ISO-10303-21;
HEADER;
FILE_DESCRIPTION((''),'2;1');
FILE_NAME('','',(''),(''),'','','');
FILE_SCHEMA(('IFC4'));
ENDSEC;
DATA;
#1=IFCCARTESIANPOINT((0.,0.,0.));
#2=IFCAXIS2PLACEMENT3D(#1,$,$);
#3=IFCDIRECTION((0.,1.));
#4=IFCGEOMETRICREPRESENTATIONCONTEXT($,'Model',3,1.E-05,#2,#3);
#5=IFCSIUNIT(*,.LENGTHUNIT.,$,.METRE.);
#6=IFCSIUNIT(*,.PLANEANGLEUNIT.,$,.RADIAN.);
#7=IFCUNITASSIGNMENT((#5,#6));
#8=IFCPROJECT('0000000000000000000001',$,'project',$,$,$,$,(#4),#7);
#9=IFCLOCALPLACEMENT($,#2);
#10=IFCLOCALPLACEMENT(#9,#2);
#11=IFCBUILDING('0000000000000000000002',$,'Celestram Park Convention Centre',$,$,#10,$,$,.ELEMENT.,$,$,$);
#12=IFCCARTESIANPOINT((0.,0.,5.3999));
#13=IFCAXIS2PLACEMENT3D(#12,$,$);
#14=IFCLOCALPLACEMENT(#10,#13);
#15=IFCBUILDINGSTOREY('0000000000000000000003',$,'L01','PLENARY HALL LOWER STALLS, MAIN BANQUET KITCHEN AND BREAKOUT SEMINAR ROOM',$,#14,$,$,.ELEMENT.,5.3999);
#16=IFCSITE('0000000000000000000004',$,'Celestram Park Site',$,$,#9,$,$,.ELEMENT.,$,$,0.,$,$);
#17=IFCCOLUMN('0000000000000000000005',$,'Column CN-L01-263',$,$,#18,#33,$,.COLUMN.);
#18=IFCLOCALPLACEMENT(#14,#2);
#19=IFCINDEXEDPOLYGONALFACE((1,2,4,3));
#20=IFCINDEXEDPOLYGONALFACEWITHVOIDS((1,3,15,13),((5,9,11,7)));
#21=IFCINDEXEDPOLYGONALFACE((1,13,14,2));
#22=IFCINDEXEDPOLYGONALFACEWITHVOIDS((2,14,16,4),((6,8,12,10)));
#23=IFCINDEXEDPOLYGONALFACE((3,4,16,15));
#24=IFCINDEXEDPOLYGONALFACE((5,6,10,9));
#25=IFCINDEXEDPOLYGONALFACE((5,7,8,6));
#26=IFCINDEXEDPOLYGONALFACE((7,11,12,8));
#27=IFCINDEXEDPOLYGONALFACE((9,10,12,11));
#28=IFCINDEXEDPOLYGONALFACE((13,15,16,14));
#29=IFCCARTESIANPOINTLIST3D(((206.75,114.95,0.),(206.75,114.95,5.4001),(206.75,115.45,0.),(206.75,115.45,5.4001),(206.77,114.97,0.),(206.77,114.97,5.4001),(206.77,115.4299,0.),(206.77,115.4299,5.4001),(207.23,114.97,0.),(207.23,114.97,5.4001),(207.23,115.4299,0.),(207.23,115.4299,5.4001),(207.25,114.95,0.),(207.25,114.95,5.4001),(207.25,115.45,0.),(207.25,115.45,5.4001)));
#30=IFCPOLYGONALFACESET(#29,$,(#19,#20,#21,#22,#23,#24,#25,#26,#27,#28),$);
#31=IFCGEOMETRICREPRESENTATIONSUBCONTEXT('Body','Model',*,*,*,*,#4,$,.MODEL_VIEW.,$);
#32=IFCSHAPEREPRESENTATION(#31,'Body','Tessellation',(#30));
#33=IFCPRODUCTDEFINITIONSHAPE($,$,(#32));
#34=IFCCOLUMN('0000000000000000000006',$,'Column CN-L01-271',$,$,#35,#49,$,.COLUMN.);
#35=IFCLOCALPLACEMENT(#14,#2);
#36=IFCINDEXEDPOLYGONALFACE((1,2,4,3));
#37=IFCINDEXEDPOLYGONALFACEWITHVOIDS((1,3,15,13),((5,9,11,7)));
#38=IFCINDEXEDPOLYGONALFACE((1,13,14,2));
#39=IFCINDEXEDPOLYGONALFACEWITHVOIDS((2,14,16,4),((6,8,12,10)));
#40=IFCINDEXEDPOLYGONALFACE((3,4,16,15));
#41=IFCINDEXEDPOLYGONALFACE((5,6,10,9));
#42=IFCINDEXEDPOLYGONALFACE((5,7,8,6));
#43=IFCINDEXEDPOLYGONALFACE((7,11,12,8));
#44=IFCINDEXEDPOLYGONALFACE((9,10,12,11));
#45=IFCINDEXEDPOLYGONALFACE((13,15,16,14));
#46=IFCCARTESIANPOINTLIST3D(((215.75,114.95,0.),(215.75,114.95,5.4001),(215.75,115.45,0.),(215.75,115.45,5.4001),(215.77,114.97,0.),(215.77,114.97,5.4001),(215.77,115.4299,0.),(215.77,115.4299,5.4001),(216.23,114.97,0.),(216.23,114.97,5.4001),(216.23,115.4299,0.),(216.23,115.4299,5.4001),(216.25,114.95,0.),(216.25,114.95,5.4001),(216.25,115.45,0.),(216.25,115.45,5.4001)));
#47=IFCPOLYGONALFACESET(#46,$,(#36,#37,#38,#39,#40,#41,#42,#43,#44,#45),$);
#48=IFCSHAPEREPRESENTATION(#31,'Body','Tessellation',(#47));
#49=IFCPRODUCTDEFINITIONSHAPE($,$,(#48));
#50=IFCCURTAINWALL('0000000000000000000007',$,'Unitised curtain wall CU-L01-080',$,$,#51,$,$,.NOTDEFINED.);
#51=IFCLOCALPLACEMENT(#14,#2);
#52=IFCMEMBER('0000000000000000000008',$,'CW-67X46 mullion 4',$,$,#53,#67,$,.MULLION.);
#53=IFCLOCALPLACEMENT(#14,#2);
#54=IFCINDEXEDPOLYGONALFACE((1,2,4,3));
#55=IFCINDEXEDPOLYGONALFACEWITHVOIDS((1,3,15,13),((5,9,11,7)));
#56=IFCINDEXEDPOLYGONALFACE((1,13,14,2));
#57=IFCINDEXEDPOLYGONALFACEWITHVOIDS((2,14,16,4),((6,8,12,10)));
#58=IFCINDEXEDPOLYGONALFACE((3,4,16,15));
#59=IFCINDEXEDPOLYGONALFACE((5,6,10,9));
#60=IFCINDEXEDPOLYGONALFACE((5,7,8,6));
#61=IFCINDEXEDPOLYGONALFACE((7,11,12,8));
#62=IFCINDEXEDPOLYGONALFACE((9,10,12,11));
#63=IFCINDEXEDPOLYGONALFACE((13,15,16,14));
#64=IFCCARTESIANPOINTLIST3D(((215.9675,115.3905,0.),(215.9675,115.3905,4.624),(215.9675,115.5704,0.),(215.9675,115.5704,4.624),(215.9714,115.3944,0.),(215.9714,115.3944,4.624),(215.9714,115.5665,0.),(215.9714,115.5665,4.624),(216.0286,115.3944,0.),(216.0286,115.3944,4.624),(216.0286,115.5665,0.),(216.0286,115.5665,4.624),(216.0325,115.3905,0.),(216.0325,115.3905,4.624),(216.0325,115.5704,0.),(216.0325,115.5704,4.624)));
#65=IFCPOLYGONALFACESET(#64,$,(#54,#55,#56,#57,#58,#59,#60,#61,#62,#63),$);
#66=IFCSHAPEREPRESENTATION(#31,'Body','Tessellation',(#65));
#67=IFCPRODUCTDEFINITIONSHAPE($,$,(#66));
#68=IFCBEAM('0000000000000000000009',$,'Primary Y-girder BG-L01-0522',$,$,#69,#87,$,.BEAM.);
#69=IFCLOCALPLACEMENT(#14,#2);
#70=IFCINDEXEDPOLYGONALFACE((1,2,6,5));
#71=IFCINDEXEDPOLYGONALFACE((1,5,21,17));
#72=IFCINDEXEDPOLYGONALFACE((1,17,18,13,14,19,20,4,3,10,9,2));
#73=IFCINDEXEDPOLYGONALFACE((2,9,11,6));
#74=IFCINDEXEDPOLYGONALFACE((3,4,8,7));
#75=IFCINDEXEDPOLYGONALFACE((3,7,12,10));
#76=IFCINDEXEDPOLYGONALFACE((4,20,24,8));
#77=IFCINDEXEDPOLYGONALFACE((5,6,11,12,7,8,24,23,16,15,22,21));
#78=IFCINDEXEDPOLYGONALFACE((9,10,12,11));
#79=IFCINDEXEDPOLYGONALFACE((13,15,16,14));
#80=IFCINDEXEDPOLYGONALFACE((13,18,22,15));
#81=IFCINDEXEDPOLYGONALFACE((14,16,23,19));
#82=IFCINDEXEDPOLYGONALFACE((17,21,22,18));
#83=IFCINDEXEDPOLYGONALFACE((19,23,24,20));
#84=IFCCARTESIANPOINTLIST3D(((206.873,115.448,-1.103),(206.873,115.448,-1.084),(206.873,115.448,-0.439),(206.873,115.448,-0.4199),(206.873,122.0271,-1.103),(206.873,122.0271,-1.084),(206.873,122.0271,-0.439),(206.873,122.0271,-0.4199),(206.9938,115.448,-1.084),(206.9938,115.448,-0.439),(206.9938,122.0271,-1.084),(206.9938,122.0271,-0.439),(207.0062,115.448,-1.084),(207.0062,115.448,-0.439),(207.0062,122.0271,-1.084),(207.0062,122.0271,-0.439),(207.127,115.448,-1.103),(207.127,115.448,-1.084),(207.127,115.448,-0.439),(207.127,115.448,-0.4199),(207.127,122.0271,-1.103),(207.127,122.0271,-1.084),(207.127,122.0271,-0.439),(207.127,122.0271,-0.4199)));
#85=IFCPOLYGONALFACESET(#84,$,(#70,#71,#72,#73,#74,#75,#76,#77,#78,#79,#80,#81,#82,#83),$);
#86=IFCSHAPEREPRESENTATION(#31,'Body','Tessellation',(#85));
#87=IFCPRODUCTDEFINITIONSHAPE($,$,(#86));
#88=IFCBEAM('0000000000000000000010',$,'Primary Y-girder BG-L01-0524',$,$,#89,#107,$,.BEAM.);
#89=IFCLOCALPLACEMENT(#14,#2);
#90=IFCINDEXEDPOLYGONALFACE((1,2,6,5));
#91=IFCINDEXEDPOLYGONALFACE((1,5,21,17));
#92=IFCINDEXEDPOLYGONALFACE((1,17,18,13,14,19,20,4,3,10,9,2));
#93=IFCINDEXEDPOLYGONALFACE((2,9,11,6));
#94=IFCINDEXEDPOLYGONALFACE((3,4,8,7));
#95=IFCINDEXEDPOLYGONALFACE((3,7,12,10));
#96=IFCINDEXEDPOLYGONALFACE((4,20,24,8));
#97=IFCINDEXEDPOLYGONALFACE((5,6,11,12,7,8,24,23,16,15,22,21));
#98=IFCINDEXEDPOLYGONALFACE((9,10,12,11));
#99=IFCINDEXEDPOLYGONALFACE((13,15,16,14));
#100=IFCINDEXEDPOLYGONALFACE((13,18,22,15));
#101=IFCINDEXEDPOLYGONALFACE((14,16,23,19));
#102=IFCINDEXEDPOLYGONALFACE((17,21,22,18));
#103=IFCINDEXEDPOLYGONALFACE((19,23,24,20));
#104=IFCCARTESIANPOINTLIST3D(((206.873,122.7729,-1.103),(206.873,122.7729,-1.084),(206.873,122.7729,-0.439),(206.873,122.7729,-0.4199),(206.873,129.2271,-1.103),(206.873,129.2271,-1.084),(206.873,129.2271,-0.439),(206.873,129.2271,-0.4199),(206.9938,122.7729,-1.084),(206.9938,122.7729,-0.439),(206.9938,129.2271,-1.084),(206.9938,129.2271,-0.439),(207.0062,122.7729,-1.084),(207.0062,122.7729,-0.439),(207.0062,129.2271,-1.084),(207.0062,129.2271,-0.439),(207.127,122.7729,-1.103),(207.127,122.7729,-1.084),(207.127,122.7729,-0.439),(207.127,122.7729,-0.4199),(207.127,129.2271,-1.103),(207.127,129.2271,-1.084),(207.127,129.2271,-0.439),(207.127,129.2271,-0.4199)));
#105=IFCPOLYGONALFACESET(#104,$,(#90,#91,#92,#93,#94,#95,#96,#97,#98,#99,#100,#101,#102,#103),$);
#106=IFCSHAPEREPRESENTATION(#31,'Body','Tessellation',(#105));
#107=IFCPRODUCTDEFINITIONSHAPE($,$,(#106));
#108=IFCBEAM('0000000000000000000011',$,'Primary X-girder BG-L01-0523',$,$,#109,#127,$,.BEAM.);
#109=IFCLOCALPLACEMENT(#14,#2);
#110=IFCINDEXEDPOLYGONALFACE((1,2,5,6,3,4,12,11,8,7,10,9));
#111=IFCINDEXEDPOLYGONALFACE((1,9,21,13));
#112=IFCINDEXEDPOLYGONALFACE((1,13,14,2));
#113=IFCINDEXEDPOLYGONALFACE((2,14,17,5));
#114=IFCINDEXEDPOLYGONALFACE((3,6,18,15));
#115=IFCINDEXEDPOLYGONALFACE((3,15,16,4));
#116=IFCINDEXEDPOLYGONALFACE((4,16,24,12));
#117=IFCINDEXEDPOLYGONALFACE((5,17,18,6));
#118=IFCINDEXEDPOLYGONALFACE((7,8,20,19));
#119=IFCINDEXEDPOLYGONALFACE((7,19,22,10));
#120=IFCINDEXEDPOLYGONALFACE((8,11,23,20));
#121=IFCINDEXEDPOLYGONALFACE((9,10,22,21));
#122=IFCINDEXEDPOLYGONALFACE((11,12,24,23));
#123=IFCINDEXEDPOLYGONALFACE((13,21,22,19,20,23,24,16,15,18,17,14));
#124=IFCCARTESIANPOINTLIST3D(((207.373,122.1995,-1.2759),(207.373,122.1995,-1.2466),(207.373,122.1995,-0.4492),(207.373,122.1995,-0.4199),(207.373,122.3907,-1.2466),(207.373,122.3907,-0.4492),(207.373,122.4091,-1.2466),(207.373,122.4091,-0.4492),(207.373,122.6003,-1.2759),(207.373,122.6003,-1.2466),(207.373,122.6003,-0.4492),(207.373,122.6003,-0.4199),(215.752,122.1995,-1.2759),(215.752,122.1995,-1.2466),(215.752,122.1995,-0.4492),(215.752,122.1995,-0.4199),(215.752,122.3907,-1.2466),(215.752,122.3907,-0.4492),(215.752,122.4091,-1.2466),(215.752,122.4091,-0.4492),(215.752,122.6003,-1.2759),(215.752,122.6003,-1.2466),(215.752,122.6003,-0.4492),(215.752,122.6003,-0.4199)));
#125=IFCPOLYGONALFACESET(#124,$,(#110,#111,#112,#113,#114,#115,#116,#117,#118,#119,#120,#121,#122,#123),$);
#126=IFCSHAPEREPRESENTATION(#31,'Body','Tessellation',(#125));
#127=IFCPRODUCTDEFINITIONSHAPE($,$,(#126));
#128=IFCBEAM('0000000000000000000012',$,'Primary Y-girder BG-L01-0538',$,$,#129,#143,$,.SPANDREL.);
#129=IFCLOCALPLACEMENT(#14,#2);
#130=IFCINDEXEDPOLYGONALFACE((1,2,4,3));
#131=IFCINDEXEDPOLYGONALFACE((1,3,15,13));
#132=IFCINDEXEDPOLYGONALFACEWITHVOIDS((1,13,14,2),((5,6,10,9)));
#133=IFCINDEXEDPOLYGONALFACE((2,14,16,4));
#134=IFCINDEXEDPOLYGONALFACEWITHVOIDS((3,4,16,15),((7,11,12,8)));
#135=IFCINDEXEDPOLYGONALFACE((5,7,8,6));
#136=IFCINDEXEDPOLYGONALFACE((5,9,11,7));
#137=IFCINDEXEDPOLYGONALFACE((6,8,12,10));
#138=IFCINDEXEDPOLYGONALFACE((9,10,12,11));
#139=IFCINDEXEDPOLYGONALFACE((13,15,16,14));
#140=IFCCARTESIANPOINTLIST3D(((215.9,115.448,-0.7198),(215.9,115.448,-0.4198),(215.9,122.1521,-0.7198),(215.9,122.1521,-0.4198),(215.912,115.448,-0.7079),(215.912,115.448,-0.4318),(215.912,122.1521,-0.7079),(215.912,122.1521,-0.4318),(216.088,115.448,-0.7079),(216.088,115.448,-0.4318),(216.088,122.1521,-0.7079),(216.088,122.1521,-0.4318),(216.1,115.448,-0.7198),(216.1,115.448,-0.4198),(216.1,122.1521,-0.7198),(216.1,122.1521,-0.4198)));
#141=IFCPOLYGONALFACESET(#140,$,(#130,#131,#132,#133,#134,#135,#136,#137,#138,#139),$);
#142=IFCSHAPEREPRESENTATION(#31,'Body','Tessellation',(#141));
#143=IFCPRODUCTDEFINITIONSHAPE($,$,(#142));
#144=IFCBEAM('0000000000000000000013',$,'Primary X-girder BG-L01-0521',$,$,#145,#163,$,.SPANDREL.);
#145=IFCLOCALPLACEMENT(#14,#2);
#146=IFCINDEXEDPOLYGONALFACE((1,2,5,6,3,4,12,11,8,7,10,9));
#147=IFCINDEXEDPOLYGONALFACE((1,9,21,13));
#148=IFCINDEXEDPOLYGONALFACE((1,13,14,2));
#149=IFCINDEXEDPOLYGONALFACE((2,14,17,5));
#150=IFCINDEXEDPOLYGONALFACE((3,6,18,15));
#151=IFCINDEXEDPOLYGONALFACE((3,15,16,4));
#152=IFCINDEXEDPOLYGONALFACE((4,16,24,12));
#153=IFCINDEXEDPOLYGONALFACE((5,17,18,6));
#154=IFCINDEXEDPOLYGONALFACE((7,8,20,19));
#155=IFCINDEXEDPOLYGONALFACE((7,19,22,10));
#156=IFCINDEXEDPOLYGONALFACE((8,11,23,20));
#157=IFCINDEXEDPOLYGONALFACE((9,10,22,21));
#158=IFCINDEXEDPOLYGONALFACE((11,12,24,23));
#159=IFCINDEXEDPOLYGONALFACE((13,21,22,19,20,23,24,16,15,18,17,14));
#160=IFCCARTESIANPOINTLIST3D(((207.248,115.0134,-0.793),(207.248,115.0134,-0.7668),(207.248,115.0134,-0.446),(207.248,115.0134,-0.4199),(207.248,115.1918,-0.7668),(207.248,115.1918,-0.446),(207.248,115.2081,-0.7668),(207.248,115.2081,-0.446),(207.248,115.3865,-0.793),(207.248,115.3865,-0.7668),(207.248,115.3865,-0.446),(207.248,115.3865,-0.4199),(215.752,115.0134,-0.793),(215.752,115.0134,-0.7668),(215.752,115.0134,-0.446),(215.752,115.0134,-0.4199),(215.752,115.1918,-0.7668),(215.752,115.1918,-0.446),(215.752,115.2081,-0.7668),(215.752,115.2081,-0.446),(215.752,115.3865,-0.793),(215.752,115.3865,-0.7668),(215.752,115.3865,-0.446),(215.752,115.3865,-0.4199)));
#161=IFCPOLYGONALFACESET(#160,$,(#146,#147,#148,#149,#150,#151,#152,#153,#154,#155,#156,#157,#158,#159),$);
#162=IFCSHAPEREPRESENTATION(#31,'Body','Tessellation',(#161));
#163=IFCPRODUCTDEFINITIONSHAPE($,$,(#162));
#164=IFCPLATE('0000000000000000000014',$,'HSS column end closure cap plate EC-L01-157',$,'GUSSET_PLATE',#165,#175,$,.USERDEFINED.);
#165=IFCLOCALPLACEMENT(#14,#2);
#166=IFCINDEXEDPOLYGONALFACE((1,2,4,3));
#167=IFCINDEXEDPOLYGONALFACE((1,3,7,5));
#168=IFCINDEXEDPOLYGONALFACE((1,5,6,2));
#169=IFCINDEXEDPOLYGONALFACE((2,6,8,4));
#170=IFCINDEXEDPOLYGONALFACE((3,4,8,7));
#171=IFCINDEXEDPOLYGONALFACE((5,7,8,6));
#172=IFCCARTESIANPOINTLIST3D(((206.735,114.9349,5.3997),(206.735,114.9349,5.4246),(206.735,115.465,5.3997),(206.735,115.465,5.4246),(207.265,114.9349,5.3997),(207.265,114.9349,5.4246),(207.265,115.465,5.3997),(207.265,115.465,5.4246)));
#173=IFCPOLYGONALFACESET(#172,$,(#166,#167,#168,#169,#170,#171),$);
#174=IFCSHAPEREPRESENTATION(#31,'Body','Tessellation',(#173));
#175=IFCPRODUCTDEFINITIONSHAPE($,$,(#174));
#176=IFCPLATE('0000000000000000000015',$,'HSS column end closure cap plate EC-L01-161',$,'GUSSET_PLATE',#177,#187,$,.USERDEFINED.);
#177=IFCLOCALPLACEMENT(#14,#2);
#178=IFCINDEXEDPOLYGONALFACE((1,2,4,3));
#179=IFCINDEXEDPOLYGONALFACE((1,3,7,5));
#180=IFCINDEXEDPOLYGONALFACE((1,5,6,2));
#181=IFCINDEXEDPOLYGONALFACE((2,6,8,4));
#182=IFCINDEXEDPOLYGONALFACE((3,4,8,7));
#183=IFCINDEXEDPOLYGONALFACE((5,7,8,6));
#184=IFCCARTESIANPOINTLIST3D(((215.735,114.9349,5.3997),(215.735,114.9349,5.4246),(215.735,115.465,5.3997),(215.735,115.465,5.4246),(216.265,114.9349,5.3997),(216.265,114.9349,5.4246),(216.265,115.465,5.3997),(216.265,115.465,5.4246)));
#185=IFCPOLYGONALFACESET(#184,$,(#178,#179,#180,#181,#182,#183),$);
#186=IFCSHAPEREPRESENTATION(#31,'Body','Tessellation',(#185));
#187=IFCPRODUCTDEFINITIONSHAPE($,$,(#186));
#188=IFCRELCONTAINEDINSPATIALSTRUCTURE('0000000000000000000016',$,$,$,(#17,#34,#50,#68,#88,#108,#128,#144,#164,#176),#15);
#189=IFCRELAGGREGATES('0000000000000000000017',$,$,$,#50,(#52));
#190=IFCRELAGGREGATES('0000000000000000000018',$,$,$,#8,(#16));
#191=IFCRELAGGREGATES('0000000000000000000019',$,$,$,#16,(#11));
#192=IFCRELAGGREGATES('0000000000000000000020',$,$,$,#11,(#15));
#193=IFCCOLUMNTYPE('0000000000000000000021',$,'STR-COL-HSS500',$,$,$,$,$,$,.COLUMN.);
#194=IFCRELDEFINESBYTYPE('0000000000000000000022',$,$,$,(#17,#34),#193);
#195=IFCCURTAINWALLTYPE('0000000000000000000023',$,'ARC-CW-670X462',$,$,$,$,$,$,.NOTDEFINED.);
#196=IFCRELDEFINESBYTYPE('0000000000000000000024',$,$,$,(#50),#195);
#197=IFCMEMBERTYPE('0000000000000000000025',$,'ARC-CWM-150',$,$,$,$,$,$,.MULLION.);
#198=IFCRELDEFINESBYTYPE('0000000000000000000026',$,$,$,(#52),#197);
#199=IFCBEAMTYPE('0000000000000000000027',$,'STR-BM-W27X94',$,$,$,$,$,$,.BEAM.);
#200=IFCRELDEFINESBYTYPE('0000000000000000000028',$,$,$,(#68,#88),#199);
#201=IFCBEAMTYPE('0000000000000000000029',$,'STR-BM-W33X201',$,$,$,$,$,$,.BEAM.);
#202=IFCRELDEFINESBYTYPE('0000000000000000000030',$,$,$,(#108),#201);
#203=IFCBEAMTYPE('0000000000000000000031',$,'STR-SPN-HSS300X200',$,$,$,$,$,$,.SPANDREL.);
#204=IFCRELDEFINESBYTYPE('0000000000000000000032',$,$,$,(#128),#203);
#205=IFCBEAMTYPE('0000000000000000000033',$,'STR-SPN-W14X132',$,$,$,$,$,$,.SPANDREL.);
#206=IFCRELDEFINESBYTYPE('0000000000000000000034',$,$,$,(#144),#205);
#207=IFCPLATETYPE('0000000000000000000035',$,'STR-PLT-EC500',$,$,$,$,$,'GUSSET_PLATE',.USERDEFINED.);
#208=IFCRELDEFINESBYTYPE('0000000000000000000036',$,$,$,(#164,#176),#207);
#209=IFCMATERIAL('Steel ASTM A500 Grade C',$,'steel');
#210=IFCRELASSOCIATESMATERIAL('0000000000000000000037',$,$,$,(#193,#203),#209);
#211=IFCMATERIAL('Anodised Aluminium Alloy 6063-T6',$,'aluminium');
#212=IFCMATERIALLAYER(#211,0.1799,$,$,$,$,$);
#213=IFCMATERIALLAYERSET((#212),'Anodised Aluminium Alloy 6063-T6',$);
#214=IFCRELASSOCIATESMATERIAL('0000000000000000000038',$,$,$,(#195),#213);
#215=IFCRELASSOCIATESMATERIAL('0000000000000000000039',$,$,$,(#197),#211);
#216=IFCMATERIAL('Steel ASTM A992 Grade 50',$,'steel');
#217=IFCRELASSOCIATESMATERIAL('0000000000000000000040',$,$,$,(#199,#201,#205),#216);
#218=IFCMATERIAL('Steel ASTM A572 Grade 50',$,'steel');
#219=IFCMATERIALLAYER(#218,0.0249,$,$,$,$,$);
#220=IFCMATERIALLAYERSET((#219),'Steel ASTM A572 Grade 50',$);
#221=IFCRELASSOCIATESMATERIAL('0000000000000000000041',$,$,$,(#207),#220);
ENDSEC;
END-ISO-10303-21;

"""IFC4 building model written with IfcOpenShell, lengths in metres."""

from ifc_helpers import new_model, si_unit, direction, frame, origin, origin_2d, place, context, subcontext, project, spatial, rectangle, hollow_rectangle, i_section, extrude, material, layer, layer_set, material_profile, profile_set, type_object, element, aggregate, save


model = new_model("IFC4")

# Units and contexts
model_context = context("Model", 3, precision=1e-05, world=origin(), true_north=direction((0.0, 1.0)))
body_context = subcontext(model_context, "Body", "Model", "MODEL_VIEW")
ifc_project = project(units=[si_unit("LENGTHUNIT", "METRE"), si_unit("PLANEANGLEUNIT", "RADIAN")], contexts=[model_context])

# Site, building, storey
site_placement = place(None, origin())
site = spatial("IfcSite", under=ifc_project, at=site_placement, Name="Celestram Park Site", CompositionType="ELEMENT", RefElevation=0.0)
building_placement = place(site_placement, origin())
building = spatial("IfcBuilding", under=site, at=building_placement, Name="Celestram Park Convention Centre", CompositionType="ELEMENT")
storey_placement = place(building_placement, frame((0.0, 0.0, 5.3999)))
storey = spatial("IfcBuildingStorey", under=building, at=storey_placement, Name="L01", Description="PLENARY HALL LOWER STALLS, MAIN BANQUET KITCHEN AND BREAKOUT SEMINAR ROOM", CompositionType="ELEMENT", Elevation=5.3999)

# Columns
ifc_material_1 = material(Name="Steel ASTM A500 Grade C", Category="steel")
ifc_material_profile_1 = material_profile(ifc_material_1, hollow_rectangle(XDim=0.5, YDim=0.5, WallThickness=0.02, at=origin_2d()), Name="HSS500X500X20")
ifc_profile_set_1 = profile_set([ifc_material_profile_1], Name="Steel ASTM A500 Grade C")
column_type = type_object("IfcColumnType", Name="STR-COL-HSS500", PredefinedType="COLUMN", material=ifc_profile_set_1)
for number, where, z_axis, x_axis, name in (
    (1, (207.0, 115.2, 0.0), (0.0, 0.0, 1.0), (1.0, 0.0, 0.0), "Column CN-L01-263"),
    (2, (216.0, 115.2, 0.0), (0.0, 0.0, 1.0), (1.0, 0.0, 0.0), "Column CN-L01-271"),
):
    element("IfcColumn", number, at=place(storey_placement, frame(where, z_axis=z_axis, x_axis=x_axis)), inside=storey, type_object=column_type, Name=name, PredefinedType="COLUMN", context=body_context, shape_type="SweptSolid", body=[
        extrude(hollow_rectangle(XDim=0.5, YDim=0.5, WallThickness=0.02, at=origin_2d()), origin(), (0.0, 0.0, 1.0), 5.4001),
    ])

# Curtain wall, member
ifc_material_2 = material(Name="Anodised Aluminium Alloy 6063-T6", Category="aluminium")
ifc_layer_1 = layer(ifc_material_2, 0.1799)
ifc_layer_set_1 = layer_set([ifc_layer_1], Name="Anodised Aluminium Alloy 6063-T6")
curtain_wall_type = type_object("IfcCurtainWallType", Name="ARC-CW-670X462", PredefinedType="NOTDEFINED", material=ifc_layer_set_1)
curtain_wall_placement = place(storey_placement, origin())
curtain_wall = element("IfcCurtainWall", 3, at=curtain_wall_placement, inside=storey, type_object=curtain_wall_type, Name="Unitised curtain wall CU-L01-080", PredefinedType="NOTDEFINED")
ifc_material_profile_2 = material_profile(ifc_material_2, hollow_rectangle(XDim=0.0649, YDim=0.1799, WallThickness=0.0039, at=origin_2d()), Name="ALU65X180X4")
ifc_profile_set_2 = profile_set([ifc_material_profile_2], Name="Anodised Aluminium Alloy 6063-T6")
member_type = type_object("IfcMemberType", Name="ARC-CWM-150", PredefinedType="MULLION", material=ifc_profile_set_2)
member_placement = place(storey_placement, frame((216.0, 115.4805, 0.0), z_axis=(0.0, 0.0, 1.0), x_axis=(1.0, 0.0, 0.0)))
member = element("IfcMember", 4, at=member_placement, type_object=member_type, Name="CW-67X46 mullion 4", PredefinedType="MULLION", context=body_context, shape_type="SweptSolid", body=[
    extrude(hollow_rectangle(XDim=0.0649, YDim=0.1799, WallThickness=0.0039, at=origin_2d()), origin(), (0.0, 0.0, 1.0), 4.624),
])
aggregate(curtain_wall, [member])

# Beams
ifc_material_3 = material(Name="Steel ASTM A992 Grade 50", Category="steel")
ifc_material_profile_3 = material_profile(ifc_material_3, i_section(OverallWidth=0.2539, OverallDepth=0.6831, WebThickness=0.0125, FlangeThickness=0.019, at=origin_2d()), Name="W27X94")
ifc_profile_set_3 = profile_set([ifc_material_profile_3], Name="Steel ASTM A992 Grade 50")
beam_type_1 = type_object("IfcBeamType", Name="STR-BM-W27X94", PredefinedType="BEAM", material=ifc_profile_set_3)
beam_1_placement = place(storey_placement, frame((207.0, 115.448, -0.7615), z_axis=(0.0, 1.0, 0.0), x_axis=(-1.0, 0.0, 0.0)))
element("IfcBeam", 5, at=beam_1_placement, inside=storey, type_object=beam_type_1, Name="Primary Y-girder BG-L01-0522", PredefinedType="BEAM", context=body_context, shape_type="SweptSolid", body=[
    extrude(i_section(OverallWidth=0.2539, OverallDepth=0.6831, WebThickness=0.0125, FlangeThickness=0.019, at=origin_2d()), origin(), (0.0, 0.0, 1.0), 6.5791),
])
beam_2_placement = place(storey_placement, frame((207.0, 122.7729, -0.7615), z_axis=(0.0, 1.0, 0.0), x_axis=(-1.0, 0.0, 0.0)))
element("IfcBeam", 6, at=beam_2_placement, inside=storey, type_object=beam_type_1, Name="Primary Y-girder BG-L01-0524", PredefinedType="BEAM", context=body_context, shape_type="SweptSolid", body=[
    extrude(i_section(OverallWidth=0.2539, OverallDepth=0.6831, WebThickness=0.0125, FlangeThickness=0.019, at=origin_2d()), origin(), (0.0, 0.0, 1.0), 6.4541),
])
ifc_material_profile_4 = material_profile(ifc_material_3, i_section(OverallWidth=0.4009, OverallDepth=0.856, WebThickness=0.0183, FlangeThickness=0.0293, at=origin_2d()), Name="W33X201")
ifc_profile_set_4 = profile_set([ifc_material_profile_4], Name="Steel ASTM A992 Grade 50")
beam_type_2 = type_object("IfcBeamType", Name="STR-BM-W33X201", PredefinedType="BEAM", material=ifc_profile_set_4)
beam_3_placement = place(storey_placement, frame((207.373, 122.3999, -0.8479), z_axis=(1.0, 0.0, 0.0), x_axis=(0.0, 1.0, 0.0)))
element("IfcBeam", 7, at=beam_3_placement, inside=storey, type_object=beam_type_2, Name="Primary X-girder BG-L01-0523", PredefinedType="BEAM", context=body_context, shape_type="SweptSolid", body=[
    extrude(i_section(OverallWidth=0.4009, OverallDepth=0.856, WebThickness=0.0183, FlangeThickness=0.0293, at=origin_2d()), origin(), (0.0, 0.0, 1.0), 8.3789),
])
ifc_material_profile_5 = material_profile(ifc_material_1, hollow_rectangle(XDim=0.2, YDim=0.3, WallThickness=0.012, at=origin_2d()), Name="HSS300X200X12")
ifc_profile_set_5 = profile_set([ifc_material_profile_5], Name="Steel ASTM A500 Grade C")
beam_type_3 = type_object("IfcBeamType", Name="STR-SPN-HSS300X200", PredefinedType="SPANDREL", material=ifc_profile_set_5)
beam_4_placement = place(storey_placement, frame((216.0, 115.448, -0.5698), z_axis=(0.0, 1.0, 0.0), x_axis=(-1.0, 0.0, 0.0)))
element("IfcBeam", 8, at=beam_4_placement, inside=storey, type_object=beam_type_3, Name="Primary Y-girder BG-L01-0538", PredefinedType="SPANDREL", context=body_context, shape_type="SweptSolid", body=[
    extrude(hollow_rectangle(XDim=0.2, YDim=0.3, WallThickness=0.012, at=origin_2d()), origin(), (0.0, 0.0, 1.0), 6.7041),
])
ifc_material_profile_6 = material_profile(ifc_material_3, i_section(OverallWidth=0.373, OverallDepth=0.373, WebThickness=0.0164, FlangeThickness=0.0261, at=origin_2d()), Name="W14X132")
ifc_profile_set_6 = profile_set([ifc_material_profile_6], Name="Steel ASTM A992 Grade 50")
beam_type_4 = type_object("IfcBeamType", Name="STR-SPN-W14X132", PredefinedType="SPANDREL", material=ifc_profile_set_6)
beam_5_placement = place(storey_placement, frame((207.248, 115.2, -0.6064), z_axis=(1.0, 0.0, 0.0), x_axis=(0.0, 1.0, 0.0)))
element("IfcBeam", 9, at=beam_5_placement, inside=storey, type_object=beam_type_4, Name="Primary X-girder BG-L01-0521", PredefinedType="SPANDREL", context=body_context, shape_type="SweptSolid", body=[
    extrude(i_section(OverallWidth=0.373, OverallDepth=0.373, WebThickness=0.0164, FlangeThickness=0.0261, at=origin_2d()), origin(), (0.0, 0.0, 1.0), 8.5039),
])

# Plates
ifc_material_4 = material(Name="Steel ASTM A572 Grade 50", Category="steel")
ifc_layer_2 = layer(ifc_material_4, 0.0249)
ifc_layer_set_2 = layer_set([ifc_layer_2], Name="Steel ASTM A572 Grade 50")
plate_type = type_object("IfcPlateType", Name="STR-PLT-EC500", ElementType="GUSSET_PLATE", PredefinedType="USERDEFINED", material=ifc_layer_set_2)
for number, where, z_axis, x_axis, name in (
    (10, (207.0, 115.2, 5.3997), (0.0, 0.0, 1.0), (1.0, 0.0, 0.0), "HSS column end closure cap plate EC-L01-157"),
    (11, (216.0, 115.2, 5.3997), (0.0, 0.0, 1.0), (1.0, 0.0, 0.0), "HSS column end closure cap plate EC-L01-161"),
):
    element("IfcPlate", number, at=place(storey_placement, frame(where, z_axis=z_axis, x_axis=x_axis)), inside=storey, type_object=plate_type, Name=name, ObjectType="GUSSET_PLATE", PredefinedType="USERDEFINED", context=body_context, shape_type="SweptSolid", body=[
        extrude(rectangle(XDim=0.53, YDim=0.53, at=origin_2d()), origin(), (0.0, 0.0, 1.0), 0.0249),
    ])

save(model, "model.ifc")
